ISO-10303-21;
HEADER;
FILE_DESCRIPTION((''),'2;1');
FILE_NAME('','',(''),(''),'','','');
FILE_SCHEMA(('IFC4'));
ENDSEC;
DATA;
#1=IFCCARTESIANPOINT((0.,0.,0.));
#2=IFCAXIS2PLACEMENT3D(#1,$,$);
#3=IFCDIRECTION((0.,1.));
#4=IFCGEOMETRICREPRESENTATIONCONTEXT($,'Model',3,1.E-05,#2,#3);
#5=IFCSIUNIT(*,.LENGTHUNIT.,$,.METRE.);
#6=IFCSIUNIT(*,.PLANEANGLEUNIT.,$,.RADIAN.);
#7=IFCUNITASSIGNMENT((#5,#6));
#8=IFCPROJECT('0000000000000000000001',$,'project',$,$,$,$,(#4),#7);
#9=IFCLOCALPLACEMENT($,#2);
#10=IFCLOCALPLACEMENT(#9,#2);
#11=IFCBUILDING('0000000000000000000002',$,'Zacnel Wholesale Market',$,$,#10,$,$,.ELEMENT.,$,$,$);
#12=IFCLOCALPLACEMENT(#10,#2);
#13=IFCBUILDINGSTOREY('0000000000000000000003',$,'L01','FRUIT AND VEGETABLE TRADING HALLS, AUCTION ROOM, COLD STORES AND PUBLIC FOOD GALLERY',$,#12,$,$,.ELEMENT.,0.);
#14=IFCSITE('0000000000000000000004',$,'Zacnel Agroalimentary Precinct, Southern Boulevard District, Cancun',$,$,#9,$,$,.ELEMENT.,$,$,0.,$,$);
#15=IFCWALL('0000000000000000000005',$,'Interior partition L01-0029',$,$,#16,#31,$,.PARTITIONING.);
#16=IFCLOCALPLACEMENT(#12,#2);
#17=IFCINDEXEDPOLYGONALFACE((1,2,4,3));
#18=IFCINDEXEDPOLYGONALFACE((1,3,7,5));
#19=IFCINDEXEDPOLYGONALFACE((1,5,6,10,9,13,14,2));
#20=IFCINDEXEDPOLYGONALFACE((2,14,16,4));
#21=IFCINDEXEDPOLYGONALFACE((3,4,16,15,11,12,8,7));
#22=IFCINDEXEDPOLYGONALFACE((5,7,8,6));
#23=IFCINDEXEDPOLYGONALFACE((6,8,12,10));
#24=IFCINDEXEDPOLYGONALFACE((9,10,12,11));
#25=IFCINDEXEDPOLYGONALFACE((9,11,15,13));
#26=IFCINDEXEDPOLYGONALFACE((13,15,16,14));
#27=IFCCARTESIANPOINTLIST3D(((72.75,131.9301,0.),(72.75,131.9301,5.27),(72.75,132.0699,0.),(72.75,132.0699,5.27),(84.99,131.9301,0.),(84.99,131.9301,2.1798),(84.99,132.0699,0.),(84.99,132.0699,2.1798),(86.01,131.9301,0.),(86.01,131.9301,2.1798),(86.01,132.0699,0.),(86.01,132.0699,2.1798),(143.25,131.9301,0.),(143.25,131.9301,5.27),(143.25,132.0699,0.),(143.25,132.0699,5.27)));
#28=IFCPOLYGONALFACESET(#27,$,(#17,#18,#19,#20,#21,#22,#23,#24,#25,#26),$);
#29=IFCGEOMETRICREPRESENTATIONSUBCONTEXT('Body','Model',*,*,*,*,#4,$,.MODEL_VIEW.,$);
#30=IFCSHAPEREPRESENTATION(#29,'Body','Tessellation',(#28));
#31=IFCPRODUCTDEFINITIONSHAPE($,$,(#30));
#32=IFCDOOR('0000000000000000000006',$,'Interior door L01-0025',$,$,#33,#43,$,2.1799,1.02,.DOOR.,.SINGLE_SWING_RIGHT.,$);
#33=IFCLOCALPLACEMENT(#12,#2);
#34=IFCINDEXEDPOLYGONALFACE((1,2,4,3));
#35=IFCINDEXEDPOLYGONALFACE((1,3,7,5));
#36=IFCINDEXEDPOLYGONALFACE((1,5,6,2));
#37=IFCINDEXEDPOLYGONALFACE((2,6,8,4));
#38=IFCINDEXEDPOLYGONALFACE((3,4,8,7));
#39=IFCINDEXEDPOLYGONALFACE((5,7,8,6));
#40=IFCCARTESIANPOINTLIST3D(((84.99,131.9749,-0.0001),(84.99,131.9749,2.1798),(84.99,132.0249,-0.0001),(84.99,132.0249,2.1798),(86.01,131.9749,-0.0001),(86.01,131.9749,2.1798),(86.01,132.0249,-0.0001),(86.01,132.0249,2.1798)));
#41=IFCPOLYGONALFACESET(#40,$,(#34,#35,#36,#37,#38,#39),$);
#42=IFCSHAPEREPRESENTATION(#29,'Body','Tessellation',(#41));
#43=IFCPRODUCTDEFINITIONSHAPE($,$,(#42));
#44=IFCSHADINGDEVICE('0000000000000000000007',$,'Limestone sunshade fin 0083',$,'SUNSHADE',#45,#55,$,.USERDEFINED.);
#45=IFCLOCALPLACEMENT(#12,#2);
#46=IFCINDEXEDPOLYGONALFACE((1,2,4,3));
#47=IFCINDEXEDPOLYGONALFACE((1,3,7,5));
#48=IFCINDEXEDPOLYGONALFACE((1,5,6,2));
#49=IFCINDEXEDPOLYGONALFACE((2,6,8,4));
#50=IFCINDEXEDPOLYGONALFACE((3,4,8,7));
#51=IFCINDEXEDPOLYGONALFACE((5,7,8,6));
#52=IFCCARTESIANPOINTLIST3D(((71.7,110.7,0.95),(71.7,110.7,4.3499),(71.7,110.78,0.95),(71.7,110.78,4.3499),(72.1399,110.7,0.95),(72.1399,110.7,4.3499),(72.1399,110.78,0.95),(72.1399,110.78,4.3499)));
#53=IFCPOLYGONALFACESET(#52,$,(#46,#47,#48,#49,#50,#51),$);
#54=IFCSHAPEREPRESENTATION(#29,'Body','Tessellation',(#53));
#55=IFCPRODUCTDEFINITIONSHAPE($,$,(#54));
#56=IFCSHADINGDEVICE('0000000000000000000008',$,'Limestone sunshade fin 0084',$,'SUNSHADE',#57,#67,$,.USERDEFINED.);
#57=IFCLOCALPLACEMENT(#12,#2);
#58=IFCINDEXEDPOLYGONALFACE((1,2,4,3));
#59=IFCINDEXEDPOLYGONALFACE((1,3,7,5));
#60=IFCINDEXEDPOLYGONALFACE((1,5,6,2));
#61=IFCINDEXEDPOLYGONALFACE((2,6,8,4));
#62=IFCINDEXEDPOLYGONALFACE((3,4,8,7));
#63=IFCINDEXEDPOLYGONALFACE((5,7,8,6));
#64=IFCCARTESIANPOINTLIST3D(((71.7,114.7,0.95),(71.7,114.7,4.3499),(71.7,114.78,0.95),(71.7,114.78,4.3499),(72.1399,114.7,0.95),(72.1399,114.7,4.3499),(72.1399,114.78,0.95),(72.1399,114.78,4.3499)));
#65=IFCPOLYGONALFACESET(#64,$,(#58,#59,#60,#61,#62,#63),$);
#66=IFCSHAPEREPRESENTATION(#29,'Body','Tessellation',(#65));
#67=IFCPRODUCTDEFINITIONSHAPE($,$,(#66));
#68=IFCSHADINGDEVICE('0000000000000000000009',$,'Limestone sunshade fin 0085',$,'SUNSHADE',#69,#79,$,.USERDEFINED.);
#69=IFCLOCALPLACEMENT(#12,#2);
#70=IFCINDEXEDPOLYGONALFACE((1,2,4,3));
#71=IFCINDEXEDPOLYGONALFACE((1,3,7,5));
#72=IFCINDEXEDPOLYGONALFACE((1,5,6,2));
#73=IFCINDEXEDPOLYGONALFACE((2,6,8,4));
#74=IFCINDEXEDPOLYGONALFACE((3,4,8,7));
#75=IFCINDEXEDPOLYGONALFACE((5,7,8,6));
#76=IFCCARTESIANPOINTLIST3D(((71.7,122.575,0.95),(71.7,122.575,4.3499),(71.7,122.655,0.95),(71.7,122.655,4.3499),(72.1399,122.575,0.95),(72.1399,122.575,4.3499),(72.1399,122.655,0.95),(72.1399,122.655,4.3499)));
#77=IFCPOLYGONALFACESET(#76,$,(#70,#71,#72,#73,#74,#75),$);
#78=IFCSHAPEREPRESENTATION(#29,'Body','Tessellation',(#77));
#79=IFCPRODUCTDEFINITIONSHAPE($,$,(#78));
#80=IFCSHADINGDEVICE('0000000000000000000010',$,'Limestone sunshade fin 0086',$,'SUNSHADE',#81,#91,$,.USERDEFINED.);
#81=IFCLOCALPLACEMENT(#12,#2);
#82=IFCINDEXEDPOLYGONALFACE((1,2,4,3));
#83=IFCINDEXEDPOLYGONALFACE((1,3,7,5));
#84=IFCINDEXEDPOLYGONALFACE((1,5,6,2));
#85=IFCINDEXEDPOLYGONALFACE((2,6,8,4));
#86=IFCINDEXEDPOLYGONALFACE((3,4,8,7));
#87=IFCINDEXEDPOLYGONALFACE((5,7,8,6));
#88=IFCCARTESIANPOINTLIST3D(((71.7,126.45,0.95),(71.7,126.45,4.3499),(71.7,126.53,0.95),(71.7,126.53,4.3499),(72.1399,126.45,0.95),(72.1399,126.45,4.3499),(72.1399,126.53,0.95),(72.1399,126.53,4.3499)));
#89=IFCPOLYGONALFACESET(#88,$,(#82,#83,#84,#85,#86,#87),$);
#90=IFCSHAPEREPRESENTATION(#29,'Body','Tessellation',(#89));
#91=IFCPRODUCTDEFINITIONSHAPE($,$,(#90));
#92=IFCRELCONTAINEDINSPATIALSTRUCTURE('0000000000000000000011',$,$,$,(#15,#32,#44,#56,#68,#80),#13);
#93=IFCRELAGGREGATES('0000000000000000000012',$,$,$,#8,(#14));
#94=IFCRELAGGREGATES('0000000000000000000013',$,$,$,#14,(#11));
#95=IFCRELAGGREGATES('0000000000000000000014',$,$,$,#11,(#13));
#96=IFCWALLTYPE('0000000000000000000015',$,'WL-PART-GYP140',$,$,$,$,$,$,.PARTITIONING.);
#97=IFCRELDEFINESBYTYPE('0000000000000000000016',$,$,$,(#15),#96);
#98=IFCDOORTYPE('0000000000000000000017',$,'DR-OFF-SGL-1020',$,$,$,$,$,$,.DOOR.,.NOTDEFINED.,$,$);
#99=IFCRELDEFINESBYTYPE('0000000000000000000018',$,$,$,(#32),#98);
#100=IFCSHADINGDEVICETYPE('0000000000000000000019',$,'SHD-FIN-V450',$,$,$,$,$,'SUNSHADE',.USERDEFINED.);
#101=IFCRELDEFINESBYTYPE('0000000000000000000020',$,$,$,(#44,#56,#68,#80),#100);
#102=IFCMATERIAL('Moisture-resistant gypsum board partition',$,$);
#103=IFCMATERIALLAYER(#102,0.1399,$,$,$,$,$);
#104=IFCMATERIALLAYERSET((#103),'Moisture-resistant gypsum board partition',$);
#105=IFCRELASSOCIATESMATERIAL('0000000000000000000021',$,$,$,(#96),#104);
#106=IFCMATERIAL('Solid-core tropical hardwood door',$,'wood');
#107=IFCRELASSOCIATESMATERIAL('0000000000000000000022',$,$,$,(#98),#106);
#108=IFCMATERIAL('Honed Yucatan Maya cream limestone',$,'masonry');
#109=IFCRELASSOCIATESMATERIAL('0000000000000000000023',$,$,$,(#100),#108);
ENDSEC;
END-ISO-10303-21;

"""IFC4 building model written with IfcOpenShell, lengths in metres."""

from ifc_helpers import new_model, si_unit, direction, frame, frame_2d, origin, origin_2d, place, context, subcontext, project, spatial, rectangle, extrude, material, layer, layer_set, type_object, element, fill, save


model = new_model("IFC4")

# Units and contexts
model_context = context("Model", 3, precision=1e-05, world=origin(), true_north=direction((0.0, 1.0)))
body_context = subcontext(model_context, "Body", "Model", "MODEL_VIEW")
ifc_project = project(units=[si_unit("LENGTHUNIT", "METRE"), si_unit("PLANEANGLEUNIT", "RADIAN")], contexts=[model_context])

# Site, building, storey
site_placement = place(None, origin())
site = spatial("IfcSite", under=ifc_project, at=site_placement, Name="Zacnel Agroalimentary Precinct, Southern Boulevard District, Cancun", CompositionType="ELEMENT", RefElevation=0.0)
building_placement = place(site_placement, origin())
building = spatial("IfcBuilding", under=site, at=building_placement, Name="Zacnel Wholesale Market", CompositionType="ELEMENT")
storey_placement = place(building_placement, origin())
storey = spatial("IfcBuildingStorey", under=building, at=storey_placement, Name="L01", Description="FRUIT AND VEGETABLE TRADING HALLS, AUCTION ROOM, COLD STORES AND PUBLIC FOOD GALLERY", CompositionType="ELEMENT", Elevation=0.0)

# Wall, opening, door
ifc_material_1 = material(Name="Moisture-resistant gypsum board partition")
ifc_layer_1 = layer(ifc_material_1, 0.1399)
ifc_layer_set_1 = layer_set([ifc_layer_1], Name="Moisture-resistant gypsum board partition")
wall_type_1 = type_object("IfcWallType", Name="WL-PART-GYP140", PredefinedType="PARTITIONING", material=ifc_layer_set_1)
wall_1_placement = place(storey_placement, frame((72.75, 132.0, 0.0), z_axis=(0.0, 0.0, 1.0), x_axis=(1.0, 0.0, 0.0)))
wall_1 = element("IfcWall", 1, at=wall_1_placement, inside=storey, type_object=wall_type_1, Name="Interior partition L01-0029", PredefinedType="PARTITIONING", context=body_context, shape_type="SweptSolid", body=[
    extrude(rectangle(XDim=70.5, YDim=0.1399, at=frame_2d((35.25, 0.0))), origin(), (0.0, 0.0, 1.0), 5.27),
])
opening_1_placement = place(wall_1_placement, frame((12.24, 0.0, 0.0)))
opening_1 = element("IfcOpeningElement", 2, at=opening_1_placement, cuts=wall_1, PredefinedType="OPENING", context=body_context, shape_type="SweptSolid", body=[
    extrude(rectangle(XDim=1.02, YDim=2.1799, at=frame_2d((0.51, 1.0898))), frame((0.0, 0.0798, 0.0), z_axis=(0.0, -1.0, 0.0), x_axis=(1.0, 0.0, 0.0)), (0.0, 0.0, 1.0), 0.1599),
])
ifc_material_2 = material(Name="Solid-core tropical hardwood door", Category="wood")
door_type = type_object("IfcDoorType", Name="DR-OFF-SGL-1020", OperationType="NOTDEFINED", PredefinedType="DOOR", material=ifc_material_2)
door_placement = place(opening_1_placement, origin())
door = element("IfcDoor", 3, at=door_placement, inside=storey, type_object=door_type, Name="Interior door L01-0025", OperationType="SINGLE_SWING_RIGHT", OverallHeight=2.1799, OverallWidth=1.02, PredefinedType="DOOR", context=body_context, shape_type="SweptSolid", body=[
    extrude(rectangle(XDim=1.02, YDim=2.1799, at=frame_2d((0.51, 1.0898))), frame((0.0, 0.0249, 0.0), z_axis=(0.0, -1.0, 0.0), x_axis=(1.0, 0.0, 0.0)), (0.0, 0.0, 1.0), 0.05),
])
fill(opening_1, door)

# Shading devices
ifc_material_3 = material(Name="Honed Yucatan Maya cream limestone", Category="masonry")
shading_device_type = type_object("IfcShadingDeviceType", Name="SHD-FIN-V450", ElementType="SUNSHADE", PredefinedType="USERDEFINED", material=ifc_material_3)
for number, where, z_axis, x_axis, name in (
    (4, (71.9199, 110.74, 0.95), (0.0, 0.0, 1.0), (0.0, 1.0, 0.0), "Limestone sunshade fin 0083"),
    (5, (71.9199, 114.74, 0.95), (0.0, 0.0, 1.0), (0.0, 1.0, 0.0), "Limestone sunshade fin 0084"),
    (6, (71.9199, 122.615, 0.95), (0.0, 0.0, 1.0), (0.0, 1.0, 0.0), "Limestone sunshade fin 0085"),
    (7, (71.9199, 126.49, 0.95), (0.0, 0.0, 1.0), (0.0, 1.0, 0.0), "Limestone sunshade fin 0086"),
):
    element("IfcShadingDevice", number, at=place(storey_placement, frame(where, z_axis=z_axis, x_axis=x_axis)), inside=storey, type_object=shading_device_type, Name=name, ObjectType="SUNSHADE", PredefinedType="USERDEFINED", context=body_context, shape_type="SweptSolid", body=[
        extrude(rectangle(XDim=0.0801, YDim=0.4399, at=origin_2d()), origin(), (0.0, 0.0, 1.0), 3.3999),
    ])

save(model, "model.ifc")
